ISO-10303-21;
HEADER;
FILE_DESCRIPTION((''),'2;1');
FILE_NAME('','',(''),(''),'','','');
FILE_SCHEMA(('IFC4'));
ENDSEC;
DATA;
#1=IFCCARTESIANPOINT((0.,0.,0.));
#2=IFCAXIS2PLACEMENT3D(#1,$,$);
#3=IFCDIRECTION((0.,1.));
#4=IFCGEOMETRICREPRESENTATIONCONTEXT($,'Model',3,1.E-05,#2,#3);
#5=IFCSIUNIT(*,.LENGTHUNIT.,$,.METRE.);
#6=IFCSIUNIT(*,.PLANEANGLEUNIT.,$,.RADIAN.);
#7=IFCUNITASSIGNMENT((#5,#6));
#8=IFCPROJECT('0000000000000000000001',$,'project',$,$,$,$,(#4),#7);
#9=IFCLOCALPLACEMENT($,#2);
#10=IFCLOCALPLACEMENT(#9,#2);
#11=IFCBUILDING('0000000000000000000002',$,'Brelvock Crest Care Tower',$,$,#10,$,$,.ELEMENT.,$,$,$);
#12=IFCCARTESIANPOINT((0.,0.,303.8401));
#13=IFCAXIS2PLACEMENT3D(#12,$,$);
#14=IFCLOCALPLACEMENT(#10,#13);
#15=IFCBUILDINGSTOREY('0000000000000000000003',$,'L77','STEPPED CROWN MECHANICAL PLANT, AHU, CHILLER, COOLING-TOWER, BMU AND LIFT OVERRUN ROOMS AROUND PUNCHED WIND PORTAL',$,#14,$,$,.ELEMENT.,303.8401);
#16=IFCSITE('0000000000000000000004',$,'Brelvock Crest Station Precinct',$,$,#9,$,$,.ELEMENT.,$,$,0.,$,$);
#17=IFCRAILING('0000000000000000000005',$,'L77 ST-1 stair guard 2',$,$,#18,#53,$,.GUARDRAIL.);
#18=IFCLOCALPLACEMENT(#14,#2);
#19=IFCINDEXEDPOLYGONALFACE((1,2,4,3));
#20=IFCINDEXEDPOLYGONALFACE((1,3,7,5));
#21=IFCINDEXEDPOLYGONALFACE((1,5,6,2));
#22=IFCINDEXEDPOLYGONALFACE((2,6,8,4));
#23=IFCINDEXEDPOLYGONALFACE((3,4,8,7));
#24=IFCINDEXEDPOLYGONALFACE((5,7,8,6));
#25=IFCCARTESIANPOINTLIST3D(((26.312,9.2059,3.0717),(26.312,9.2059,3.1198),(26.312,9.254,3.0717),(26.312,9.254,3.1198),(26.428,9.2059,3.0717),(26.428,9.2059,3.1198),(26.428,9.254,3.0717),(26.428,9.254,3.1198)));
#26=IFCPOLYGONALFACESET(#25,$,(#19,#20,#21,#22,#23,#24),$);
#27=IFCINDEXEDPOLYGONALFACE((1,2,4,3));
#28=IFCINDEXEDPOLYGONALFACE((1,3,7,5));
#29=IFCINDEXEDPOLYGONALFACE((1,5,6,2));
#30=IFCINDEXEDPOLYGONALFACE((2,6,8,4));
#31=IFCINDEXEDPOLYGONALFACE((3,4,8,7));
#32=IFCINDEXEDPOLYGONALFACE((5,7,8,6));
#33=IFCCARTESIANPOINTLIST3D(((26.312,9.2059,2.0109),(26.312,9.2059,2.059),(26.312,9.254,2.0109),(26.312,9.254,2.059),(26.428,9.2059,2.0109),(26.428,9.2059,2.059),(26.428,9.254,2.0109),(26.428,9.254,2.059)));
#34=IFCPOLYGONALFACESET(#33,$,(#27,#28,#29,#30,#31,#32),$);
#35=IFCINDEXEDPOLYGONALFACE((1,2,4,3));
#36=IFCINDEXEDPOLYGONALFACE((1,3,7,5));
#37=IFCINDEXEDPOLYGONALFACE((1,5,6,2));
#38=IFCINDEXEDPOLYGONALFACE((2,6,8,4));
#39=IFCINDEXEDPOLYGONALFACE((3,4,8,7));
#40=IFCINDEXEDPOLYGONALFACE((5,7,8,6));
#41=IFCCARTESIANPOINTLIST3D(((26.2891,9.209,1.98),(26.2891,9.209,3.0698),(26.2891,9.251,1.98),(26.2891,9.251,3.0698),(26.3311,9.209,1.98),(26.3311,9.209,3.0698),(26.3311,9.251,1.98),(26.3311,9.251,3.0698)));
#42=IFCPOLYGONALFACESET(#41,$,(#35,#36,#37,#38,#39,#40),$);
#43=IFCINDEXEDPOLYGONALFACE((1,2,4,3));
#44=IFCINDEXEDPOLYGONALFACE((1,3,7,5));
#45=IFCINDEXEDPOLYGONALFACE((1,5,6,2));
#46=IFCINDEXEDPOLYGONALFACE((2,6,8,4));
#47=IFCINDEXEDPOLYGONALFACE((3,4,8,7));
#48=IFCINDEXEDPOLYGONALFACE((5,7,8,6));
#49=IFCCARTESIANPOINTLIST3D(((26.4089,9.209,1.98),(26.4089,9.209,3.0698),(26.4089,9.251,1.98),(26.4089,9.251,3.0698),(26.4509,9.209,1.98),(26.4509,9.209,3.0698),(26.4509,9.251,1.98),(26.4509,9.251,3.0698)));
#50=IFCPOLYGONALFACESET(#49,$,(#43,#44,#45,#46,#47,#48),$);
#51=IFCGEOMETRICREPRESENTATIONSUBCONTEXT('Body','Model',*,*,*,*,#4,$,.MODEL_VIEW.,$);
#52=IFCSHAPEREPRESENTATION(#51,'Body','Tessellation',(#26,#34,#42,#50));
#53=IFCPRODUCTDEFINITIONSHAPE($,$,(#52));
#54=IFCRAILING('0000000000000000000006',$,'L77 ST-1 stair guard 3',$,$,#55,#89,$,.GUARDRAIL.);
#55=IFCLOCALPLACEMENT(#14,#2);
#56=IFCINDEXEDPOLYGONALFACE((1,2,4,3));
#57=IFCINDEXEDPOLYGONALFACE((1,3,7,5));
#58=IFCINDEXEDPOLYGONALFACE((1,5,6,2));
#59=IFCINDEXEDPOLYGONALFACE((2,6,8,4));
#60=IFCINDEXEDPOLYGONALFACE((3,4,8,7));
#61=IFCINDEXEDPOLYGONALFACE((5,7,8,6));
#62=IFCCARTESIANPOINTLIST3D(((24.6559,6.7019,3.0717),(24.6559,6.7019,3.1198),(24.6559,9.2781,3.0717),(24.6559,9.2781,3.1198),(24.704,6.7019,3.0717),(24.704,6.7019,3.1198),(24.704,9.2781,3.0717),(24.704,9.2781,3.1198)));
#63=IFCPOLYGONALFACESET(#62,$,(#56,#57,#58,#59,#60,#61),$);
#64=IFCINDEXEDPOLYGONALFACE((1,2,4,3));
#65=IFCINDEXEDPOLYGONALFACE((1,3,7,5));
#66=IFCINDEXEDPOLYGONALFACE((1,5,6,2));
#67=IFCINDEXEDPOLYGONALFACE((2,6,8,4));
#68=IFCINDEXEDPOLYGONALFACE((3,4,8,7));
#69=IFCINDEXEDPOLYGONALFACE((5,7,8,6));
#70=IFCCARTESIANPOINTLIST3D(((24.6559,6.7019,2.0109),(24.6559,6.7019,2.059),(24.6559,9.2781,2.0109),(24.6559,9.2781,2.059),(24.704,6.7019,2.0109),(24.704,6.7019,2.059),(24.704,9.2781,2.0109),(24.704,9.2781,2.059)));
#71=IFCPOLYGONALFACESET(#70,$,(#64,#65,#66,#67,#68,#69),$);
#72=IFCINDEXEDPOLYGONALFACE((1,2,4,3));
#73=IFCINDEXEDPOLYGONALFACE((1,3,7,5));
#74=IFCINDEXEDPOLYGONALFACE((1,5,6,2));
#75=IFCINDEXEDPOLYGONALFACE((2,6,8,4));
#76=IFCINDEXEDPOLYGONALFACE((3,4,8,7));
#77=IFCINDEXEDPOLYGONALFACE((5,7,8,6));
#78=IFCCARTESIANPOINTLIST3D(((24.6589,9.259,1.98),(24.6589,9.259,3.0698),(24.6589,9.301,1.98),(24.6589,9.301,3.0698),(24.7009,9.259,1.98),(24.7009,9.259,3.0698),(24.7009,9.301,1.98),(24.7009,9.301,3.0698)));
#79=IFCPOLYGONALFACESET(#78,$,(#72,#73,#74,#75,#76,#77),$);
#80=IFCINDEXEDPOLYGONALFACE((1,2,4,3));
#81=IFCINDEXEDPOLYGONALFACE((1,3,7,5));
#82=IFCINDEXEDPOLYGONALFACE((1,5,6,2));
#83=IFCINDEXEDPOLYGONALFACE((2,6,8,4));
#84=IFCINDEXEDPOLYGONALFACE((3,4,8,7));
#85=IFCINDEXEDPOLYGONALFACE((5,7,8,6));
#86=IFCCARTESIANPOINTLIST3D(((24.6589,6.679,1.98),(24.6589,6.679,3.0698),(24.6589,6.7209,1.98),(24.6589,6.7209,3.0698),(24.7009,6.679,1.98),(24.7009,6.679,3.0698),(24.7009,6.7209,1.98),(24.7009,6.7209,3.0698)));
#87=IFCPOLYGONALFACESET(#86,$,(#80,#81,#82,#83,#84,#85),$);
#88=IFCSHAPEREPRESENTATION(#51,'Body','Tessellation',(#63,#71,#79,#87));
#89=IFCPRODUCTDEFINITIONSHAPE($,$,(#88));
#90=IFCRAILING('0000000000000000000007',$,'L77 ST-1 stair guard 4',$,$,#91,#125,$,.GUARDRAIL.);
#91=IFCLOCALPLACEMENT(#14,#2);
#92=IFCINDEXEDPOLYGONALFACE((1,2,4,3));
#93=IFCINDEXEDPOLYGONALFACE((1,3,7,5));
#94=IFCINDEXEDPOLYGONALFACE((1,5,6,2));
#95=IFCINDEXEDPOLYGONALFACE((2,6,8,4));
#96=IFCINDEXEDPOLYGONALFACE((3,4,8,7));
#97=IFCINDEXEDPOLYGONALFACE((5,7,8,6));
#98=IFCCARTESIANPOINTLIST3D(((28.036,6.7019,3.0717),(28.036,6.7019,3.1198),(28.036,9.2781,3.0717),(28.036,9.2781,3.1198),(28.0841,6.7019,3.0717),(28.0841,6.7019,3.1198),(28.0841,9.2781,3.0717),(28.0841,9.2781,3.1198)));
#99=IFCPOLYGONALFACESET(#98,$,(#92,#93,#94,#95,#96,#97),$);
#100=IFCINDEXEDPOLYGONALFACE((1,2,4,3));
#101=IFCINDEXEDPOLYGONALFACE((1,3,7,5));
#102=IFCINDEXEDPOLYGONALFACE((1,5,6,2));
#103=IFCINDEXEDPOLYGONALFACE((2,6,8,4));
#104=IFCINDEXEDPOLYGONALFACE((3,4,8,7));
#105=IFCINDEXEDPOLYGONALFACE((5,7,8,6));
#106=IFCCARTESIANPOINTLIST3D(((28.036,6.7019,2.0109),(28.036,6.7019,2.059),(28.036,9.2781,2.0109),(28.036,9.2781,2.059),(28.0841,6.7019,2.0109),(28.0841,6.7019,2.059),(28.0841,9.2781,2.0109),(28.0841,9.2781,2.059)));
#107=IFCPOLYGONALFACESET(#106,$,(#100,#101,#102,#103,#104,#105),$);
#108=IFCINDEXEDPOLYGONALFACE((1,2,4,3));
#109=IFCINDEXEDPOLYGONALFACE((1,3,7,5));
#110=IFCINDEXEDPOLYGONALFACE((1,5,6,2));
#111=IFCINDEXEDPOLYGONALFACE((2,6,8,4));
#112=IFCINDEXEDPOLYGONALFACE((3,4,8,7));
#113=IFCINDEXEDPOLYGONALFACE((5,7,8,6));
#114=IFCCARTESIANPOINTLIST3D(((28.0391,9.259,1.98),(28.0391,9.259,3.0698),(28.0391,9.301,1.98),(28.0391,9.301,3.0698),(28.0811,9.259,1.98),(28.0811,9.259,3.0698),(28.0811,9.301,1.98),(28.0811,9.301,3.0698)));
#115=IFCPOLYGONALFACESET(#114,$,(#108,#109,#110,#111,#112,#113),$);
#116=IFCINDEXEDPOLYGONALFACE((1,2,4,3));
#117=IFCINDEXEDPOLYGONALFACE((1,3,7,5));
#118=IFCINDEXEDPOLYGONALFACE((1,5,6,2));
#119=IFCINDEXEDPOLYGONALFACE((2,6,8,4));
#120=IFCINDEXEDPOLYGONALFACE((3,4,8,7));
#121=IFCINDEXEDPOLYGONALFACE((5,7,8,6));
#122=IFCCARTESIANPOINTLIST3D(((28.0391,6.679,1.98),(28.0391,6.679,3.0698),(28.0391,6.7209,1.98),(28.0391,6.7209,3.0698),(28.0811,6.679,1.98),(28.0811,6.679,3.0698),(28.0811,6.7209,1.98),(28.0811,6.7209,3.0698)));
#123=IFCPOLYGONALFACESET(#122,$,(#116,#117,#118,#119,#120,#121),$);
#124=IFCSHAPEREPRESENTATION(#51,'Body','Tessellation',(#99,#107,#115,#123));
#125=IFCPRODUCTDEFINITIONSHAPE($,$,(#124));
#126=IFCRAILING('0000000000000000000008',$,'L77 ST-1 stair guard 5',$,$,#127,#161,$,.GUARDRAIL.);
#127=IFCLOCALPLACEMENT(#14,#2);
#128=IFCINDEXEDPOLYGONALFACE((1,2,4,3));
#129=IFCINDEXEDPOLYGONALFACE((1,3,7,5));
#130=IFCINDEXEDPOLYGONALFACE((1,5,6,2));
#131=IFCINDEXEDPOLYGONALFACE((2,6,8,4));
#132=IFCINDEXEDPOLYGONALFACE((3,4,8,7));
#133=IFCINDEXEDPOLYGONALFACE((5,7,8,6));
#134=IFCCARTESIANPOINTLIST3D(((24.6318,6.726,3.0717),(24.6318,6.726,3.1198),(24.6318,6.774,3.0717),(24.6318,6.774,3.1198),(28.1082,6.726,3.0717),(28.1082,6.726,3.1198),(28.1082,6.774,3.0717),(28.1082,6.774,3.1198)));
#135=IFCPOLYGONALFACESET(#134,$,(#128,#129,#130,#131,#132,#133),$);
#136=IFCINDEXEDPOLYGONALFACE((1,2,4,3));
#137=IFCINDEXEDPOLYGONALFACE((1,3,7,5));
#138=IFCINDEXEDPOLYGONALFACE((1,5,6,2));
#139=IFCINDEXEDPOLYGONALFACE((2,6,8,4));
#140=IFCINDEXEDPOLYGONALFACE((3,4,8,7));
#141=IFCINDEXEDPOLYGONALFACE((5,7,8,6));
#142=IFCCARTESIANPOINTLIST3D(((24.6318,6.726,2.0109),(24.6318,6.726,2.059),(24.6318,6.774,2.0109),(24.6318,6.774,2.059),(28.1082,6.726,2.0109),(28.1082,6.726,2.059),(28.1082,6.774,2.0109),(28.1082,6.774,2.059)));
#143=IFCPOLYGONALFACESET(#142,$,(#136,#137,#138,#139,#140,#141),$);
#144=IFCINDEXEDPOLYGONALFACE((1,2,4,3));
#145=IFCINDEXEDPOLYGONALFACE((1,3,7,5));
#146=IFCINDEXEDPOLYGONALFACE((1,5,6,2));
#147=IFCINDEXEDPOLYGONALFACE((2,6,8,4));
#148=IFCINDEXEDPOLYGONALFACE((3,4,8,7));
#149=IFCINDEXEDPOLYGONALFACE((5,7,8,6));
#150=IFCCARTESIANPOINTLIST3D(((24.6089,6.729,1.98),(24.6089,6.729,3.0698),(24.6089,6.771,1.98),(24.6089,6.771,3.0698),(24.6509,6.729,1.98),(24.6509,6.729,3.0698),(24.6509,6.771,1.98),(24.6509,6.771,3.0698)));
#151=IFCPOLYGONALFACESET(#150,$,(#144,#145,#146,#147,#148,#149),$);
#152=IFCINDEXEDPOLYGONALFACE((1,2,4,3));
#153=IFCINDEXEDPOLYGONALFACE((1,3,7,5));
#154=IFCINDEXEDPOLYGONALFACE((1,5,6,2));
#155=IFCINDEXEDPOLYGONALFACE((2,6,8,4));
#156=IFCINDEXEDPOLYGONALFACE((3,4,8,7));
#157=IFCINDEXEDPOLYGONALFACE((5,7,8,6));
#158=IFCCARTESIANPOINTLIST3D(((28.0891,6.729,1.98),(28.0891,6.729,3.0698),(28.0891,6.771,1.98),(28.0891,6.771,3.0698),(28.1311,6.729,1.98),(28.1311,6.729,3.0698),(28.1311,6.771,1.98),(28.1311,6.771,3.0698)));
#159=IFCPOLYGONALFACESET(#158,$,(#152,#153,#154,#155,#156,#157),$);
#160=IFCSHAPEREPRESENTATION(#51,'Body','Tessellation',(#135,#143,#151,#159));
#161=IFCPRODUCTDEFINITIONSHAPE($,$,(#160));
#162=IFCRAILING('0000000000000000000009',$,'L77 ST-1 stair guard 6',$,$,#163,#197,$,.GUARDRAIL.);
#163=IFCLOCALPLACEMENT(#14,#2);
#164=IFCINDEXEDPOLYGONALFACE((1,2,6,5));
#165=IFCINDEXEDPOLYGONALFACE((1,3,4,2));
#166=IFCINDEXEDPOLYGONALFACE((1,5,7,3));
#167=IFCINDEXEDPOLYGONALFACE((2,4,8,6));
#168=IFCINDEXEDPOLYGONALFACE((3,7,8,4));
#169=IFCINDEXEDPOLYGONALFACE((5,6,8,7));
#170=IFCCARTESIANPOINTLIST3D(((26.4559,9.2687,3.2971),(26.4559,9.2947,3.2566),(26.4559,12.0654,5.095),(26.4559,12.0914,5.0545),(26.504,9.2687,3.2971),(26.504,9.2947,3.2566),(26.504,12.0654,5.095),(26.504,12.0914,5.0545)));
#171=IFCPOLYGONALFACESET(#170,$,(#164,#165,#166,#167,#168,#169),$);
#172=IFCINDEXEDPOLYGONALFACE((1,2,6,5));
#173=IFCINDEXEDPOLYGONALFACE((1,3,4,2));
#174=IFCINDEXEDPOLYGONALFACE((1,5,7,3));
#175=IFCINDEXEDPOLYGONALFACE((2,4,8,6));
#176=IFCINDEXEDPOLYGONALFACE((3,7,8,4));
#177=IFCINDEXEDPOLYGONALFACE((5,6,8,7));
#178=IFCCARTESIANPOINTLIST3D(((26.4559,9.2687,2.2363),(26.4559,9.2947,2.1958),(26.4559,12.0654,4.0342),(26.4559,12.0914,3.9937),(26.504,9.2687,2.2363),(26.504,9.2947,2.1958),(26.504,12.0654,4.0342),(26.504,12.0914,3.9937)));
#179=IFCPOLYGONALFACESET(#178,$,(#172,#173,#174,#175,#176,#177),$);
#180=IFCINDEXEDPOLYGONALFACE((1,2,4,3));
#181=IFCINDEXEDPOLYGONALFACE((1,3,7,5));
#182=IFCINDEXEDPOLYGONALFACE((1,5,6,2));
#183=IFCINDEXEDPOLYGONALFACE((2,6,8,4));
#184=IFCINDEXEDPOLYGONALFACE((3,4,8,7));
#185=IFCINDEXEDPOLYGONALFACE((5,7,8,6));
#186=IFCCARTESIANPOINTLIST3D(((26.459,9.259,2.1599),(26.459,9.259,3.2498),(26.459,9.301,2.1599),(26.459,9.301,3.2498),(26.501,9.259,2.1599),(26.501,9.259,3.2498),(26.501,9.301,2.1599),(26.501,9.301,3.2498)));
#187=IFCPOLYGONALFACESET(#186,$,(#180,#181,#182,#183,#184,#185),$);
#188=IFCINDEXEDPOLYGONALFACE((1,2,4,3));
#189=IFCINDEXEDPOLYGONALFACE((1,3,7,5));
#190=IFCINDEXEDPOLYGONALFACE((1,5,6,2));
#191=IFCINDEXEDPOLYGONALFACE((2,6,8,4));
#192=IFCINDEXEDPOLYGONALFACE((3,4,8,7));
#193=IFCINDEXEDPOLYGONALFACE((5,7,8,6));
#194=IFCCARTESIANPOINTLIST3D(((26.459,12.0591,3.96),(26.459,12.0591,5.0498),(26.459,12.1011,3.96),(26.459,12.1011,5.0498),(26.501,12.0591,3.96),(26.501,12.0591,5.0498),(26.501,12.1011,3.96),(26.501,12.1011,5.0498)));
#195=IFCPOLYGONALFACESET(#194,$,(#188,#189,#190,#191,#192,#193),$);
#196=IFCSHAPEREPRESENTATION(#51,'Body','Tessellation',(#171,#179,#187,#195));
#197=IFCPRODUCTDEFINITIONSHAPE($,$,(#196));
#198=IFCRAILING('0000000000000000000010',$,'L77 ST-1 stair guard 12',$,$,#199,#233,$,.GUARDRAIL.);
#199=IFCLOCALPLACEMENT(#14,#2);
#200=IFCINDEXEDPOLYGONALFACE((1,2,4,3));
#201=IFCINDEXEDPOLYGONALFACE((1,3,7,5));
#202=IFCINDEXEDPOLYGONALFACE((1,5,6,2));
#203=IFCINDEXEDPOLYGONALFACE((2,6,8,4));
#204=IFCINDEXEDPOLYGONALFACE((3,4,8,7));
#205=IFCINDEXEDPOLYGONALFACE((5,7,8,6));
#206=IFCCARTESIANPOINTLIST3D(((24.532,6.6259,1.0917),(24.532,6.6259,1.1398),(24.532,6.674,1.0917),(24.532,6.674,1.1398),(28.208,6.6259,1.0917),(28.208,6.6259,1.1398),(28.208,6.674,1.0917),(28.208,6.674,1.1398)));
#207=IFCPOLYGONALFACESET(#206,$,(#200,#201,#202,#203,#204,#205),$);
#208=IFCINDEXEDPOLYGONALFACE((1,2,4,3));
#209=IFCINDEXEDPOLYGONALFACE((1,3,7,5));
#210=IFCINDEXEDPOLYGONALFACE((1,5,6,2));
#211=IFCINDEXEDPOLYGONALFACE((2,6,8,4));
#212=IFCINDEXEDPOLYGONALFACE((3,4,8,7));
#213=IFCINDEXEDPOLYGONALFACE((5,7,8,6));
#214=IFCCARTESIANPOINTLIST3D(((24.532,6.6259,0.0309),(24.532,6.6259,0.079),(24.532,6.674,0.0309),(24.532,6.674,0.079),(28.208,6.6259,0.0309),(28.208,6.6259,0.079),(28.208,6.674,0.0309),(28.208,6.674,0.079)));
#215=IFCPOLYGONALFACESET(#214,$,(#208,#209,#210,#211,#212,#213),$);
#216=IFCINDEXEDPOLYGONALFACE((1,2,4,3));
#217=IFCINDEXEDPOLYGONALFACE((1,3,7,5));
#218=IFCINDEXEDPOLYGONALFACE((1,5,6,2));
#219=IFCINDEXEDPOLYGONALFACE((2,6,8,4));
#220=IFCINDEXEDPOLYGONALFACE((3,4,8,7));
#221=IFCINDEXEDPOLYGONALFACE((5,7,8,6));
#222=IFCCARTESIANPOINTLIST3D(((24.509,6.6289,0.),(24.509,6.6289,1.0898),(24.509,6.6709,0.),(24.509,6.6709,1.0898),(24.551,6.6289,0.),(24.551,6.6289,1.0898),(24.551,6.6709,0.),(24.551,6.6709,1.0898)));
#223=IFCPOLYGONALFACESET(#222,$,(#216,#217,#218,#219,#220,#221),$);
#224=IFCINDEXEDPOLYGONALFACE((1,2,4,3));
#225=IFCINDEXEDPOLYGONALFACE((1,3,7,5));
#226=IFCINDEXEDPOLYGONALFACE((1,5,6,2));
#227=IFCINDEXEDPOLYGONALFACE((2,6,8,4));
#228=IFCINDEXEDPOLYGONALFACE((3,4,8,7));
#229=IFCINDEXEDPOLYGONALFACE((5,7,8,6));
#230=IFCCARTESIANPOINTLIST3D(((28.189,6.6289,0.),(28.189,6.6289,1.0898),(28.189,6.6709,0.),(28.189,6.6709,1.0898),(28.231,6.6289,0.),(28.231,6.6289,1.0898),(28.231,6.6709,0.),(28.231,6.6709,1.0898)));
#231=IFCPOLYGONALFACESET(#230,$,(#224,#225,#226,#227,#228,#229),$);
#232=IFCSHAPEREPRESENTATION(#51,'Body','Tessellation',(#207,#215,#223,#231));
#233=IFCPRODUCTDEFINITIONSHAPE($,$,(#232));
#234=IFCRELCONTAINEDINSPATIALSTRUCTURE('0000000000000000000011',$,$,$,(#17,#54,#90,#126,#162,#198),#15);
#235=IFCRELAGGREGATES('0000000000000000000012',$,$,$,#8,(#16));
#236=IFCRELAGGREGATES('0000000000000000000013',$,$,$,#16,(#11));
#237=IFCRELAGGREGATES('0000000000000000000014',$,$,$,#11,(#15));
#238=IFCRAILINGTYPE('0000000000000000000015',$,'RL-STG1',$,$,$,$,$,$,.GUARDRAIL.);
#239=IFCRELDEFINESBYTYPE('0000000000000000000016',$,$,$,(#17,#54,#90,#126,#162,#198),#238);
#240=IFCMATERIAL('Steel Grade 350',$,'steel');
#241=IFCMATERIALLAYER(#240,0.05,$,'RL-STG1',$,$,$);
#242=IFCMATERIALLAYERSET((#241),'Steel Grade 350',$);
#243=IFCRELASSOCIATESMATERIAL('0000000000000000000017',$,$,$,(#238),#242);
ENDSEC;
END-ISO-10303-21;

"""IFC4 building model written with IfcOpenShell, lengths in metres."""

from ifc_helpers import new_model, si_unit, direction, frame, origin, origin_2d, place, context, subcontext, project, spatial, rectangle, extrude, material, layer, layer_set, type_object, element, save


model = new_model("IFC4")

# Units and contexts
model_context = context("Model", 3, precision=1e-05, world=origin(), true_north=direction((0.0, 1.0)))
body_context = subcontext(model_context, "Body", "Model", "MODEL_VIEW")
ifc_project = project(units=[si_unit("LENGTHUNIT", "METRE"), si_unit("PLANEANGLEUNIT", "RADIAN")], contexts=[model_context])

# Site, building, storey
site_placement = place(None, origin())
site = spatial("IfcSite", under=ifc_project, at=site_placement, Name="Brelvock Crest Station Precinct", CompositionType="ELEMENT", RefElevation=0.0)
building_placement = place(site_placement, origin())
building = spatial("IfcBuilding", under=site, at=building_placement, Name="Brelvock Crest Care Tower", CompositionType="ELEMENT")
storey_placement = place(building_placement, frame((0.0, 0.0, 303.8401)))
storey = spatial("IfcBuildingStorey", under=building, at=storey_placement, Name="L77", Description="STEPPED CROWN MECHANICAL PLANT, AHU, CHILLER, COOLING-TOWER, BMU AND LIFT OVERRUN ROOMS AROUND PUNCHED WIND PORTAL", CompositionType="ELEMENT", Elevation=303.8401)

# Shared definitions
ifc_material_1 = material(Name="Steel Grade 350", Category="steel")

# Railings
ifc_layer_1 = layer(ifc_material_1, 0.05, Name="RL-STG1")
ifc_layer_set_1 = layer_set([ifc_layer_1], Name="Steel Grade 350")
railing_type_1 = type_object("IfcRailingType", Name="RL-STG1", PredefinedType="GUARDRAIL", material=ifc_layer_set_1)
railing_1_placement = place(storey_placement, frame((26.3101, 9.23, 1.98)))
element("IfcRailing", 1, at=railing_1_placement, inside=storey, type_object=railing_type_1, Name="L77 ST-1 stair guard 2", PredefinedType="GUARDRAIL", context=body_context, shape_type="SweptSolid", body=[
    extrude(rectangle(XDim=0.0481, YDim=0.0481, at=origin_2d()), frame((0.002, 0.0, 1.1157), z_axis=(1.0, 0.0, 0.0), x_axis=(0.0, 1.0, 0.0)), (0.0, 0.0, 1.0), 0.116),
    extrude(rectangle(XDim=0.0481, YDim=0.0481, at=origin_2d()), frame((0.002, 0.0, 0.0549), z_axis=(1.0, 0.0, 0.0), x_axis=(0.0, 1.0, 0.0)), (0.0, 0.0, 1.0), 0.116),
    extrude(rectangle(XDim=0.042, YDim=0.042, at=origin_2d()), origin(), (0.0, 0.0, 1.0), 1.0898),
    extrude(rectangle(XDim=0.042, YDim=0.042, at=origin_2d()), frame((0.1199, 0.0, 0.0)), (0.0, 0.0, 1.0), 1.0898),
])
for number, where, name in (
    (2, (24.6799, 9.28, 1.98), "L77 ST-1 stair guard 3"),
    (3, (28.0601, 9.28, 1.98), "L77 ST-1 stair guard 4"),
):
    element("IfcRailing", number, at=place(storey_placement, frame(where)), inside=storey, type_object=railing_type_1, Name=name, PredefinedType="GUARDRAIL", context=body_context, shape_type="SweptSolid", body=[
        extrude(rectangle(XDim=0.0481, YDim=0.0481, at=origin_2d()), frame((0.0, -0.002, 1.1157), z_axis=(0.0, -1.0, 0.0), x_axis=(1.0, 0.0, 0.0)), (0.0, 0.0, 1.0), 2.5762),
        extrude(rectangle(XDim=0.0481, YDim=0.0481, at=origin_2d()), frame((0.0, -0.002, 0.0549), z_axis=(0.0, -1.0, 0.0), x_axis=(1.0, 0.0, 0.0)), (0.0, 0.0, 1.0), 2.5762),
        extrude(rectangle(XDim=0.042, YDim=0.042, at=origin_2d()), origin(), (0.0, 0.0, 1.0), 1.0898),
        extrude(rectangle(XDim=0.042, YDim=0.042, at=origin_2d()), frame((0.0, -2.5801, 0.0)), (0.0, 0.0, 1.0), 1.0898),
    ])
railing_2_placement = place(storey_placement, frame((24.6299, 6.75, 1.98)))
element("IfcRailing", 4, at=railing_2_placement, inside=storey, type_object=railing_type_1, Name="L77 ST-1 stair guard 5", PredefinedType="GUARDRAIL", context=body_context, shape_type="SweptSolid", body=[
    extrude(rectangle(XDim=0.0481, YDim=0.0481, at=origin_2d()), frame((0.002, 0.0, 1.1157), z_axis=(1.0, 0.0, 0.0), x_axis=(0.0, 1.0, 0.0)), (0.0, 0.0, 1.0), 3.4763),
    extrude(rectangle(XDim=0.0481, YDim=0.0481, at=origin_2d()), frame((0.002, 0.0, 0.0549), z_axis=(1.0, 0.0, 0.0), x_axis=(0.0, 1.0, 0.0)), (0.0, 0.0, 1.0), 3.4763),
    extrude(rectangle(XDim=0.042, YDim=0.042, at=origin_2d()), origin(), (0.0, 0.0, 1.0), 1.0898),
    extrude(rectangle(XDim=0.042, YDim=0.042, at=origin_2d()), frame((3.4802, 0.0, 0.0)), (0.0, 0.0, 1.0), 1.0898),
])
railing_3_placement = place(storey_placement, frame((26.48, 9.28, 2.1599)))
element("IfcRailing", 5, at=railing_3_placement, inside=storey, type_object=railing_type_1, Name="L77 ST-1 stair guard 6", PredefinedType="GUARDRAIL", context=body_context, shape_type="SweptSolid", body=[
    extrude(rectangle(XDim=0.0481, YDim=0.0481, at=origin_2d()), frame((0.0, 0.0017, 1.1169), z_axis=(0.0, 0.841176, 0.540761), x_axis=(-1.0, 0.0, 0.0)), (0.0, 0.0, 1.0), 3.3247),
    extrude(rectangle(XDim=0.0481, YDim=0.0481, at=origin_2d()), frame((0.0, 0.0017, 0.0562), z_axis=(0.0, 0.841176, 0.540761), x_axis=(-1.0, 0.0, 0.0)), (0.0, 0.0, 1.0), 3.3247),
    extrude(rectangle(XDim=0.042, YDim=0.042, at=origin_2d()), origin(), (0.0, 0.0, 1.0), 1.0898),
    extrude(rectangle(XDim=0.042, YDim=0.042, at=origin_2d()), frame((0.0, 2.8, 1.8)), (0.0, 0.0, 1.0), 1.0898),
])
railing_4_placement = place(storey_placement, frame((24.53, 6.6499, 0.0)))
element("IfcRailing", 6, at=railing_4_placement, inside=storey, type_object=railing_type_1, Name="L77 ST-1 stair guard 12", PredefinedType="GUARDRAIL", context=body_context, shape_type="SweptSolid", body=[
    extrude(rectangle(XDim=0.0481, YDim=0.0481, at=origin_2d()), frame((0.002, 0.0, 1.1157), z_axis=(1.0, 0.0, 0.0), x_axis=(0.0, 1.0, 0.0)), (0.0, 0.0, 1.0), 3.676),
    extrude(rectangle(XDim=0.0481, YDim=0.0481, at=origin_2d()), frame((0.002, 0.0, 0.0549), z_axis=(1.0, 0.0, 0.0), x_axis=(0.0, 1.0, 0.0)), (0.0, 0.0, 1.0), 3.676),
    extrude(rectangle(XDim=0.042, YDim=0.042, at=origin_2d()), origin(), (0.0, 0.0, 1.0), 1.0898),
    extrude(rectangle(XDim=0.042, YDim=0.042, at=origin_2d()), frame((3.6799, 0.0, 0.0)), (0.0, 0.0, 1.0), 1.0898),
])

save(model, "model.ifc")
